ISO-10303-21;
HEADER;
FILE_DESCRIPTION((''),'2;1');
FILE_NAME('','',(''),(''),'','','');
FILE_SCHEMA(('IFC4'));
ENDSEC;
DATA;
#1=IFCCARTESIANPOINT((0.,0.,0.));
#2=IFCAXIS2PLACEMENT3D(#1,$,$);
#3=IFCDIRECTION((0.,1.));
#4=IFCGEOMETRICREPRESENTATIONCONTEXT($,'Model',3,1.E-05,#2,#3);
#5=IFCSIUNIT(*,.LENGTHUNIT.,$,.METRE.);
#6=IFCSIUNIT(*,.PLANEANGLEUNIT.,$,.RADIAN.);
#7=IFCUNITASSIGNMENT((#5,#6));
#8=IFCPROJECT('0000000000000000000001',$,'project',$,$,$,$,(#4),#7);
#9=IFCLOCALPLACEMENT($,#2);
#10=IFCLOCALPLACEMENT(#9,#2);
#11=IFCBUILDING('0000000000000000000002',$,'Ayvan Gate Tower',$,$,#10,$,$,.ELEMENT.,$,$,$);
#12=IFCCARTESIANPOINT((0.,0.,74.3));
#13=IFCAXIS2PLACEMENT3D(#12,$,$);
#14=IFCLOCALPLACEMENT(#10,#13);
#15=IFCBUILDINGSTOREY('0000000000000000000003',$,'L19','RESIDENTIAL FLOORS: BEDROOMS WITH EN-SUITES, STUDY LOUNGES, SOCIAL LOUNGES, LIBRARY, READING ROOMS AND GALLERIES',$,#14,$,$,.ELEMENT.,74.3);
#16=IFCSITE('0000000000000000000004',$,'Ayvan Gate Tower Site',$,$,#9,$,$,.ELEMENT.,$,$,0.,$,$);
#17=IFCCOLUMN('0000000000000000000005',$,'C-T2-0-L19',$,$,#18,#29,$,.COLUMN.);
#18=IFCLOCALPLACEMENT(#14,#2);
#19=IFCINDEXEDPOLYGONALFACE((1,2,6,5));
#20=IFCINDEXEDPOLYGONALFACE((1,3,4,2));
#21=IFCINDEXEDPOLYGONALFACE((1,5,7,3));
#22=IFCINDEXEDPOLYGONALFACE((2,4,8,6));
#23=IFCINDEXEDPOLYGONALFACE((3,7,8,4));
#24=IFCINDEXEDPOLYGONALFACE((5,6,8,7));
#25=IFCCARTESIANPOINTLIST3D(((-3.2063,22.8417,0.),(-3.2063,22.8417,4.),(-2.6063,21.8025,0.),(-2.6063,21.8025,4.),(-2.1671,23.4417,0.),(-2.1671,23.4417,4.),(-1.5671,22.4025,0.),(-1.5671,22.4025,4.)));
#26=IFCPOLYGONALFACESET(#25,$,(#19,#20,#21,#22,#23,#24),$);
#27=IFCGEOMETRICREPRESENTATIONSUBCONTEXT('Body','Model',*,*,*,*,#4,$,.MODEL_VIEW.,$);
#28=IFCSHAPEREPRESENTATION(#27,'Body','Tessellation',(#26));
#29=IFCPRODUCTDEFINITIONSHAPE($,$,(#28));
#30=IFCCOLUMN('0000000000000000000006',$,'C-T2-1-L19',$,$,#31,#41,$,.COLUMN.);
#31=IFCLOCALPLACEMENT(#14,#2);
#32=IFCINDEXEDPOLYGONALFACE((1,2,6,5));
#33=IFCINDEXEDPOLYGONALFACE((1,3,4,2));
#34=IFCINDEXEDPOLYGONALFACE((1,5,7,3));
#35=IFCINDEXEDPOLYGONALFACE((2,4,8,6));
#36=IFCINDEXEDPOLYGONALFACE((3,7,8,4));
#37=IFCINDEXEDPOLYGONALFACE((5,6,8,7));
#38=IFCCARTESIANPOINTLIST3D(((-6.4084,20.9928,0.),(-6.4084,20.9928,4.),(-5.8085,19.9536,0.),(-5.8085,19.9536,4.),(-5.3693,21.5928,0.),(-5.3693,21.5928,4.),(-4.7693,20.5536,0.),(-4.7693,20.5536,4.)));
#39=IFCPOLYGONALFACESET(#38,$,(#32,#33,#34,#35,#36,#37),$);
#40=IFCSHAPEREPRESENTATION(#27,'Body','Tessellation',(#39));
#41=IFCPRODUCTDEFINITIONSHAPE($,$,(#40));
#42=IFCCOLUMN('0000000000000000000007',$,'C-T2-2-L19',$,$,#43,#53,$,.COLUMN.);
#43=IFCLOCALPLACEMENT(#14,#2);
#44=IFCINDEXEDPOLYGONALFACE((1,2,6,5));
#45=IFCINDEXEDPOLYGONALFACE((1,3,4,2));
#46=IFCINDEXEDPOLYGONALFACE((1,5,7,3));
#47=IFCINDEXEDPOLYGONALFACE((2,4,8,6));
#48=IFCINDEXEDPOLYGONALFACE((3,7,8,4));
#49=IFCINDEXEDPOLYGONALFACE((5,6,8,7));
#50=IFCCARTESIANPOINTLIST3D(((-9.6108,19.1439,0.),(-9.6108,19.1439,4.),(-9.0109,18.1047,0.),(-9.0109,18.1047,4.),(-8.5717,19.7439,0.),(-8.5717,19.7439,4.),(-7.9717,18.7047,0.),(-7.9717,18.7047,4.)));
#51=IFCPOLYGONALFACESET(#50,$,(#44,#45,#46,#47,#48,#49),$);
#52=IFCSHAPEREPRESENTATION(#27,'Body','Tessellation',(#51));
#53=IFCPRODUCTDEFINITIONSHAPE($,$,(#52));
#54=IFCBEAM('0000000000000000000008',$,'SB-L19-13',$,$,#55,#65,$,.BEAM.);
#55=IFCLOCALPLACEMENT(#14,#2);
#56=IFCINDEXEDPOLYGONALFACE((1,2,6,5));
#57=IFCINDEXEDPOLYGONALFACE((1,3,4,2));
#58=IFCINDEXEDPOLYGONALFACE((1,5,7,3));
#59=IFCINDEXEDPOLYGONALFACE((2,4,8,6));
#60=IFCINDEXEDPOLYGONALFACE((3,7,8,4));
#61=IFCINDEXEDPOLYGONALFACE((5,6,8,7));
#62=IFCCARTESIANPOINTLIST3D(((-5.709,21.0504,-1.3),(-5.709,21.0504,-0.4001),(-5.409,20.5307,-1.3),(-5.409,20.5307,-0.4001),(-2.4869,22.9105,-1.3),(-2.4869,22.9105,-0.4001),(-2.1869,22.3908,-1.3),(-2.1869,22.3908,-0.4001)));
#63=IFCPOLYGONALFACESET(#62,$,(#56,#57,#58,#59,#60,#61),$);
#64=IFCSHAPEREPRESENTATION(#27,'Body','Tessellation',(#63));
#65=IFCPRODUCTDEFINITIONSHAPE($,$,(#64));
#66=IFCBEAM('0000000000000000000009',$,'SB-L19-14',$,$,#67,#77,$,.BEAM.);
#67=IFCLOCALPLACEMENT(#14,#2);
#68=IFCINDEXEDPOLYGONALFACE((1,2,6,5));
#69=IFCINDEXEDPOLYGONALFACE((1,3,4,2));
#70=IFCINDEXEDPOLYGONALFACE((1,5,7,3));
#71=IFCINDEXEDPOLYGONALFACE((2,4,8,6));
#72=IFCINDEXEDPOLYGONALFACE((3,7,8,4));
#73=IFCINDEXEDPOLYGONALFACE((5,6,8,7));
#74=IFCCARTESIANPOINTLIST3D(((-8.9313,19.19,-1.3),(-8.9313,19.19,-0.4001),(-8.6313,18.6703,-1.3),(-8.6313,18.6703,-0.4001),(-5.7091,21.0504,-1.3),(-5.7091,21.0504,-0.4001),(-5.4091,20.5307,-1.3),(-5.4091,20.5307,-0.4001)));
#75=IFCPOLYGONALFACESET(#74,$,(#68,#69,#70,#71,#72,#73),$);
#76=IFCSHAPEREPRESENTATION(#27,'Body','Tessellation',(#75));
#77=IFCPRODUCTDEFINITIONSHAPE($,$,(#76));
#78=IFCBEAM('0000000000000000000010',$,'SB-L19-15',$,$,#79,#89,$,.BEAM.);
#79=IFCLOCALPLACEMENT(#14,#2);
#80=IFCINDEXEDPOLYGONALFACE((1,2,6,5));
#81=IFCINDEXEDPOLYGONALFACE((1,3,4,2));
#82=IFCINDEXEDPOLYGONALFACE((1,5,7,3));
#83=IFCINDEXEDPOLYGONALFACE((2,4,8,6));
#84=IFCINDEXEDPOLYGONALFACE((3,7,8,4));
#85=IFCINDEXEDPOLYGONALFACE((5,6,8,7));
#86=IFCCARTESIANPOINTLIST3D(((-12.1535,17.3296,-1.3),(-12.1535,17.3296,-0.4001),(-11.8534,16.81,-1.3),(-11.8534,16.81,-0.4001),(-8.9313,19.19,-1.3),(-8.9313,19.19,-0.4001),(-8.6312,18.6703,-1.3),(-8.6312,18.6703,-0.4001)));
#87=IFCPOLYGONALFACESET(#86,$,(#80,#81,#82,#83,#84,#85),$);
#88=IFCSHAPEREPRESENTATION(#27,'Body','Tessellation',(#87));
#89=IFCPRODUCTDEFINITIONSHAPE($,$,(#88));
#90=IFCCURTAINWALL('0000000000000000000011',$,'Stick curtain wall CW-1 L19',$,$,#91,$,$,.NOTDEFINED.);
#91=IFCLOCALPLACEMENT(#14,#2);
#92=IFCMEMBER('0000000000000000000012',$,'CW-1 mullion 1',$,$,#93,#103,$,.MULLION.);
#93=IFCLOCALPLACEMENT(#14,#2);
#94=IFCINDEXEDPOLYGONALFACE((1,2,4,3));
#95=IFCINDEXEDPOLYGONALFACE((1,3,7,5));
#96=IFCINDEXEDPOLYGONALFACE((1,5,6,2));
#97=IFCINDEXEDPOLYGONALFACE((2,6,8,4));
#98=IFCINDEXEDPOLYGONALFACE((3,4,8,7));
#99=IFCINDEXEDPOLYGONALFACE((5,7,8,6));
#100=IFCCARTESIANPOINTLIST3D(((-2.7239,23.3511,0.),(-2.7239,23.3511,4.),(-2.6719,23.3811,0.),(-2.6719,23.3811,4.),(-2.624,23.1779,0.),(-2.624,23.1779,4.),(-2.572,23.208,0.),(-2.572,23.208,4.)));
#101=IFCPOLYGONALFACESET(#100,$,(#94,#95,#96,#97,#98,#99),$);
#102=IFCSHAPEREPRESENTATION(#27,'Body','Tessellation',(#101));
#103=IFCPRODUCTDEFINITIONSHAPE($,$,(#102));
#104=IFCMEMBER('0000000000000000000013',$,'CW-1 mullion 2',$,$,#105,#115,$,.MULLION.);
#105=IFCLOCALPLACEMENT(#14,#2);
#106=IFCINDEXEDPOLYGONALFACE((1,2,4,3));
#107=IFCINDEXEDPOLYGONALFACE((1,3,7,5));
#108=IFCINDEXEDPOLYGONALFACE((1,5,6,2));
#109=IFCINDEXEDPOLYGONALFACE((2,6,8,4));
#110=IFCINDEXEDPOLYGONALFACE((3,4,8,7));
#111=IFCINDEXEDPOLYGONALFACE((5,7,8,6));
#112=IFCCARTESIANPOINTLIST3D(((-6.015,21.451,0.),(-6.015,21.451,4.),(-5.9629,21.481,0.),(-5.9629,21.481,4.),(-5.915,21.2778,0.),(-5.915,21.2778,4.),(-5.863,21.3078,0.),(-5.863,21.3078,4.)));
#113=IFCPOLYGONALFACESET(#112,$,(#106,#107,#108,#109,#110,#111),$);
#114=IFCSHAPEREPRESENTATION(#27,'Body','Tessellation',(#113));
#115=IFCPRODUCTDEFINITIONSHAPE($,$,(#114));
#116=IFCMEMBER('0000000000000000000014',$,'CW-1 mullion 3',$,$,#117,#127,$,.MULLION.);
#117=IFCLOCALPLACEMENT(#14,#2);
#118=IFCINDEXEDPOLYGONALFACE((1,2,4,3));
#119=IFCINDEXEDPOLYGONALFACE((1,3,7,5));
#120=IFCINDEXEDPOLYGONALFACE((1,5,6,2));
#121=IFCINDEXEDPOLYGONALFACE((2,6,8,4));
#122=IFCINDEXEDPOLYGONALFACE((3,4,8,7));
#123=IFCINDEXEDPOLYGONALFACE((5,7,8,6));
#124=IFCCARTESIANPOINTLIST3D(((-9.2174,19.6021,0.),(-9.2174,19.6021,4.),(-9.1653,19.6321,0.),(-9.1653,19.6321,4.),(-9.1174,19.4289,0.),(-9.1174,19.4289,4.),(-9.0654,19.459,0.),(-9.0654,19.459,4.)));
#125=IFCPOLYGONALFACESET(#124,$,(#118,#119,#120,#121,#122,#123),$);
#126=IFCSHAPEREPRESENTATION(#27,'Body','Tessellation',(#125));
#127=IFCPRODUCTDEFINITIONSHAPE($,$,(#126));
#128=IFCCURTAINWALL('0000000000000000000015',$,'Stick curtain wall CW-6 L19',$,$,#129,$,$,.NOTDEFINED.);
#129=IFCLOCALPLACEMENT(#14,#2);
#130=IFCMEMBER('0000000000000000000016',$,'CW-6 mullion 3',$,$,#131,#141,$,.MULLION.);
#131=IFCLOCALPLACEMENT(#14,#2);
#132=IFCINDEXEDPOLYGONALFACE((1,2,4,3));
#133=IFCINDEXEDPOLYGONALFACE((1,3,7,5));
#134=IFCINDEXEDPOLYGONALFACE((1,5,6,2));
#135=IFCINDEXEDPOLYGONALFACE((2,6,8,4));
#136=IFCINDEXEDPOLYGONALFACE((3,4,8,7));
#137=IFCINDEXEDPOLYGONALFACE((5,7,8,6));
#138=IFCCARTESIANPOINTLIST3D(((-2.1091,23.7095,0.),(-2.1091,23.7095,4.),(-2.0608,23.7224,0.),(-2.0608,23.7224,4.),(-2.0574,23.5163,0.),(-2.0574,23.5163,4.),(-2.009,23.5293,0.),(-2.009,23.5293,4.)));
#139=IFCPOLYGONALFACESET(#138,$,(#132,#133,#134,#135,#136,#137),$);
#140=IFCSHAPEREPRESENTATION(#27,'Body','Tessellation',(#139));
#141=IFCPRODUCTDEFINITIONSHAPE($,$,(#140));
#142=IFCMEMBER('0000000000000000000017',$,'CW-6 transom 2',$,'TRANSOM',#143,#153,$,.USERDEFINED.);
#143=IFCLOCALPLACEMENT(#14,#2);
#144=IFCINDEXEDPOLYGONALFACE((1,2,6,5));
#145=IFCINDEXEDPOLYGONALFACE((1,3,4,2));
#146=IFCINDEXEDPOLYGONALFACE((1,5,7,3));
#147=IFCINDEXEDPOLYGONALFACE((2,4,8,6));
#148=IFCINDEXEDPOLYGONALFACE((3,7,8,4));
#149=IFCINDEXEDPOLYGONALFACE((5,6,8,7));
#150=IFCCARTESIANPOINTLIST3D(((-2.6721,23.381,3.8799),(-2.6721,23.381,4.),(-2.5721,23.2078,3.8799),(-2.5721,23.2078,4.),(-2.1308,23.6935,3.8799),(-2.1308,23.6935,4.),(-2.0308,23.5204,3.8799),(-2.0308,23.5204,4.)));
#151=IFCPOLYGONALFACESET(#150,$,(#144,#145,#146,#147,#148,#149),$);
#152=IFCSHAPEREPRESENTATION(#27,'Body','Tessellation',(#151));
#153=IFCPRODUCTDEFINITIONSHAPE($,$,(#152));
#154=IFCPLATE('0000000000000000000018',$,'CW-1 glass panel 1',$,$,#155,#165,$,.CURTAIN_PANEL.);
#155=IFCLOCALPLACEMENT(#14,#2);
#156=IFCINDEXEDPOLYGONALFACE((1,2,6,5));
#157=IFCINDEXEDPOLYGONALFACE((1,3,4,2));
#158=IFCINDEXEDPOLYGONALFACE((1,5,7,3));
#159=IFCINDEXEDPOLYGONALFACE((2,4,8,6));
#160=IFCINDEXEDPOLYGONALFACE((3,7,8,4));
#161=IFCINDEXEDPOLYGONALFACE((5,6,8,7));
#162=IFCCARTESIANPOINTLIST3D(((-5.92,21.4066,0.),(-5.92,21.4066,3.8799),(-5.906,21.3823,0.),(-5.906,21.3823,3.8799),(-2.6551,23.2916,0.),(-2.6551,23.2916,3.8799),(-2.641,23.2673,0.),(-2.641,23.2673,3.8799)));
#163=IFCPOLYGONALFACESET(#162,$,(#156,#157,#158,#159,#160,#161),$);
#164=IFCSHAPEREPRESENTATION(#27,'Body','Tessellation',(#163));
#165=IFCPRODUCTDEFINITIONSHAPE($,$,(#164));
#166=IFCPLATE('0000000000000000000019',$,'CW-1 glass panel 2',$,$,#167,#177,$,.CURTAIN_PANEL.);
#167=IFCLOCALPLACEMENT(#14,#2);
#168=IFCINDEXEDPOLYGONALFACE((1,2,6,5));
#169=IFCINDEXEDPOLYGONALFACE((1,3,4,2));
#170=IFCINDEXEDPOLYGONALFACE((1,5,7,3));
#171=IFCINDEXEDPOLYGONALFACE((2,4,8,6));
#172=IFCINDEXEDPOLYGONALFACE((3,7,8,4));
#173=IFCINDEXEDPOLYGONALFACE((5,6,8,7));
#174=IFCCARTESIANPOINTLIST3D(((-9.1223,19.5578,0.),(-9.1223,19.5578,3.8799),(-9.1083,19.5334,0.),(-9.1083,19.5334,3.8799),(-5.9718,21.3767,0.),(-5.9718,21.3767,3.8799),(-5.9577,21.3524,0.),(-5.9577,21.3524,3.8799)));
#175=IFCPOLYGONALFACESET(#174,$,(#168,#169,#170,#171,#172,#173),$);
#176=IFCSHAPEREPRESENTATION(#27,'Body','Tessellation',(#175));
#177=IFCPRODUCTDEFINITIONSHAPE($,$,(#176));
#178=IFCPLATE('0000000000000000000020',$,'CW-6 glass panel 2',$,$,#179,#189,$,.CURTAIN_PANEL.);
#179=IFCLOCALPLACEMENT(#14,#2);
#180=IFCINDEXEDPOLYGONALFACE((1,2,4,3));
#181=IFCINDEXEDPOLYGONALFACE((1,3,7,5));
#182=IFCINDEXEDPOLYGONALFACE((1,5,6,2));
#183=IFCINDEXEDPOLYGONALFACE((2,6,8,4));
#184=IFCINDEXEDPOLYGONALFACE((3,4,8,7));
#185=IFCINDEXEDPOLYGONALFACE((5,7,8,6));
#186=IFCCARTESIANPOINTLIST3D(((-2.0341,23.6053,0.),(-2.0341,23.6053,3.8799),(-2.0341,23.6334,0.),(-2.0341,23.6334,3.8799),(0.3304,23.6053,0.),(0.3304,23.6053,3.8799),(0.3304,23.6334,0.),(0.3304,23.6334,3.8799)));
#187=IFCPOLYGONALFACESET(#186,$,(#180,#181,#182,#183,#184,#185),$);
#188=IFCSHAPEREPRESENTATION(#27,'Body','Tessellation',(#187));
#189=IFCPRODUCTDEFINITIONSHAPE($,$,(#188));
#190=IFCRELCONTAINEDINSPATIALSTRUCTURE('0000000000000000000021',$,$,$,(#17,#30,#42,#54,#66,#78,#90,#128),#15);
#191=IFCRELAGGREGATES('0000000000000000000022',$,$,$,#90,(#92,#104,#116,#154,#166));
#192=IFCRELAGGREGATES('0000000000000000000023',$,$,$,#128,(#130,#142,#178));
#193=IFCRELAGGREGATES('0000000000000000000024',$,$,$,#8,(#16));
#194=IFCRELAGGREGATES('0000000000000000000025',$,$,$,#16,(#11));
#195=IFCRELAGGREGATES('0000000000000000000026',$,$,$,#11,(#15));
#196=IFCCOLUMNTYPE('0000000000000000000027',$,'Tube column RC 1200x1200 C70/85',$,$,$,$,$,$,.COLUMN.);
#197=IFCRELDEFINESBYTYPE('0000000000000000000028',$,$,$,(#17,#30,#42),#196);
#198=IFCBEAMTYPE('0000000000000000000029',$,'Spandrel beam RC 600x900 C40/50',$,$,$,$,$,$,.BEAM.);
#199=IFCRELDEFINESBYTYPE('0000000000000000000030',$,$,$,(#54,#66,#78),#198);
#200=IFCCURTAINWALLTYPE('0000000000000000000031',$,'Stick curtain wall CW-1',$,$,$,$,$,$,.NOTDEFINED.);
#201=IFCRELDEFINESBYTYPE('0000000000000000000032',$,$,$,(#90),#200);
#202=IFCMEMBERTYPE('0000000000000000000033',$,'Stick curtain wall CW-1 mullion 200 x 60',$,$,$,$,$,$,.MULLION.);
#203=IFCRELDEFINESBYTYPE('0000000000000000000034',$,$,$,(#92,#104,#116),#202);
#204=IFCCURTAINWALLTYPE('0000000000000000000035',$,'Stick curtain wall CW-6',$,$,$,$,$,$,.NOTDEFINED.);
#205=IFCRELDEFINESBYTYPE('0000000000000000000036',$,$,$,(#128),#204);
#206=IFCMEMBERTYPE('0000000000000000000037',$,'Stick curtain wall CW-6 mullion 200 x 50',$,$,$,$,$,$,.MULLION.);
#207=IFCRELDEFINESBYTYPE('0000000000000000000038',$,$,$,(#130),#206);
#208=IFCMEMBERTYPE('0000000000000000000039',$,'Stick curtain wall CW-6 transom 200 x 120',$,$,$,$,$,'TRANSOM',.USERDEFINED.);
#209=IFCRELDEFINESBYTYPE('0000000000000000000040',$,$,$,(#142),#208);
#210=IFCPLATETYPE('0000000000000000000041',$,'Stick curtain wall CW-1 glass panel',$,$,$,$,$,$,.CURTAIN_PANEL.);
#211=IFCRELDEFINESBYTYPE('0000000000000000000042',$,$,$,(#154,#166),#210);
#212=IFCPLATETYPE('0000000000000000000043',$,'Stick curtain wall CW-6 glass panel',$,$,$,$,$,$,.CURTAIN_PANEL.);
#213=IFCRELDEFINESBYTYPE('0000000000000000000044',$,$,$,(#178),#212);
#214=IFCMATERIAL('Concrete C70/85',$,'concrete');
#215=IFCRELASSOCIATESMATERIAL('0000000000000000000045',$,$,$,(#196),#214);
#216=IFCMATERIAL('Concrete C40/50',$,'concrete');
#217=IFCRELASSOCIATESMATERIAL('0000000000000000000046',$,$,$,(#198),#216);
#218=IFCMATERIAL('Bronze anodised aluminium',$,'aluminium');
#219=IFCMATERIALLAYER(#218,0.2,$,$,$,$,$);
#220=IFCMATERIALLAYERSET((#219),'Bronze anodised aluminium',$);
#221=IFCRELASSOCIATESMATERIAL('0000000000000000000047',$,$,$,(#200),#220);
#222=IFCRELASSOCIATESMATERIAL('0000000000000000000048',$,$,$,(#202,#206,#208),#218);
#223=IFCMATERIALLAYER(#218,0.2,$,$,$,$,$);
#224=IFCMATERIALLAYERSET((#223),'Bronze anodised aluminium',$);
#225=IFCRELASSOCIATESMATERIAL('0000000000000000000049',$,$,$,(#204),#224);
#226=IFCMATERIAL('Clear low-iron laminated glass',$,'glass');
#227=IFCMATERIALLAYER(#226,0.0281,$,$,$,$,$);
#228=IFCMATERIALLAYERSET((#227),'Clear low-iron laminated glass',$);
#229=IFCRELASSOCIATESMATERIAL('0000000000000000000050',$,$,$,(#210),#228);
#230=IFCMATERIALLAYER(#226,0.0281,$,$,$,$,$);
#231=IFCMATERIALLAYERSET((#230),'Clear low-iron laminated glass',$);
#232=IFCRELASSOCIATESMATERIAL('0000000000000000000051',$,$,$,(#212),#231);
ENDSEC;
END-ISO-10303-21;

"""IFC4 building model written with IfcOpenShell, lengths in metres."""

from ifc_helpers import new_model, si_unit, direction, frame, origin, origin_2d, place, context, subcontext, project, spatial, rectangle, extrude, material, layer, layer_set, material_profile, profile_set, type_object, element, aggregate, save


model = new_model("IFC4")

# Units and contexts
model_context = context("Model", 3, precision=1e-05, world=origin(), true_north=direction((0.0, 1.0)))
body_context = subcontext(model_context, "Body", "Model", "MODEL_VIEW")
ifc_project = project(units=[si_unit("LENGTHUNIT", "METRE"), si_unit("PLANEANGLEUNIT", "RADIAN")], contexts=[model_context])

# Site, building, storey
site_placement = place(None, origin())
site = spatial("IfcSite", under=ifc_project, at=site_placement, Name="Ayvan Gate Tower Site", CompositionType="ELEMENT", RefElevation=0.0)
building_placement = place(site_placement, origin())
building = spatial("IfcBuilding", under=site, at=building_placement, Name="Ayvan Gate Tower", CompositionType="ELEMENT")
storey_placement = place(building_placement, frame((0.0, 0.0, 74.3)))
storey = spatial("IfcBuildingStorey", under=building, at=storey_placement, Name="L19", Description="RESIDENTIAL FLOORS: BEDROOMS WITH EN-SUITES, STUDY LOUNGES, SOCIAL LOUNGES, LIBRARY, READING ROOMS AND GALLERIES", CompositionType="ELEMENT", Elevation=74.3)

# Columns
ifc_material_1 = material(Name="Concrete C70/85", Category="concrete")
ifc_material_profile_1 = material_profile(ifc_material_1, rectangle(XDim=1.2, YDim=1.2, at=origin_2d()), Name="RC 1200x1200")
ifc_profile_set_1 = profile_set([ifc_material_profile_1], Name="Concrete C70/85")
column_type = type_object("IfcColumnType", Name="Tube column RC 1200x1200 C70/85", PredefinedType="COLUMN", material=ifc_profile_set_1)
for number, where, z_axis, x_axis, name in (
    (1, (-2.3867, 22.6221, 0.0), (0.0, 0.0, 1.0), (-0.5, 0.866025, 0.0), "C-T2-0-L19"),
    (2, (-5.5889, 20.7732, 0.0), (0.0, 0.0, 1.0), (-0.5, 0.866025, 0.0), "C-T2-1-L19"),
    (3, (-8.7913, 18.9243, 0.0), (0.0, 0.0, 1.0), (-0.5, 0.866025, 0.0), "C-T2-2-L19"),
):
    element("IfcColumn", number, at=place(storey_placement, frame(where, z_axis=z_axis, x_axis=x_axis)), inside=storey, type_object=column_type, Name=name, PredefinedType="COLUMN", context=body_context, shape_type="SweptSolid", body=[
        extrude(rectangle(XDim=1.2, YDim=1.2, at=origin_2d()), origin(), (0.0, 0.0, 1.0), 4.0),
    ])

# Beams
ifc_material_2 = material(Name="Concrete C40/50", Category="concrete")
ifc_material_profile_2 = material_profile(ifc_material_2, rectangle(XDim=0.6001, YDim=0.8999, at=origin_2d()), Name="RC 600x900")
ifc_profile_set_2 = profile_set([ifc_material_profile_2], Name="Concrete C40/50")
beam_type = type_object("IfcBeamType", Name="Spandrel beam RC 600x900 C40/50", PredefinedType="BEAM", material=ifc_profile_set_2)
beam_placement = place(storey_placement, frame((-2.3369, 22.6506, -0.8501), z_axis=(-0.86605, -0.499957, 0.0), x_axis=(0.499957, -0.86605, 0.0)))
element("IfcBeam", 4, at=beam_placement, inside=storey, type_object=beam_type, Name="SB-L19-13", PredefinedType="BEAM", context=body_context, shape_type="SweptSolid", body=[
    extrude(rectangle(XDim=0.6001, YDim=0.8999, at=origin_2d()), origin(), (0.0, 0.0, 1.0), 3.7205),
])
for number, where, z_axis, x_axis, name in (
    (5, (-5.5591, 20.7905, -0.8501), (-0.866022, -0.500006, 0.0), (0.500006, -0.866022, 0.0), "SB-L19-14"),
    (6, (-8.7812, 18.9302, -0.8501), (-0.866022, -0.500006, 0.0), (0.500006, -0.866022, 0.0), "SB-L19-15"),
):
    element("IfcBeam", number, at=place(storey_placement, frame(where, z_axis=z_axis, x_axis=x_axis)), inside=storey, type_object=beam_type, Name=name, PredefinedType="BEAM", context=body_context, shape_type="SweptSolid", body=[
        extrude(rectangle(XDim=0.6001, YDim=0.8999, at=origin_2d()), origin(), (0.0, 0.0, 1.0), 3.7207),
    ])

# Curtain walls, members
ifc_material_3 = material(Name="Bronze anodised aluminium", Category="aluminium")
ifc_layer_1 = layer(ifc_material_3, 0.2)
ifc_layer_set_1 = layer_set([ifc_layer_1], Name="Bronze anodised aluminium")
curtain_wall_type_1 = type_object("IfcCurtainWallType", Name="Stick curtain wall CW-1", PredefinedType="NOTDEFINED", material=ifc_layer_set_1)
curtain_wall_1_placement = place(storey_placement, origin())
curtain_wall_1 = element("IfcCurtainWall", 7, at=curtain_wall_1_placement, inside=storey, type_object=curtain_wall_type_1, Name="Stick curtain wall CW-1 L19", PredefinedType="NOTDEFINED")
ifc_material_profile_3 = material_profile(ifc_material_3, rectangle(XDim=0.2, YDim=0.0601, at=origin_2d()), Name="Stick curtain wall CW-1 mullion 200 x 60")
ifc_profile_set_3 = profile_set([ifc_material_profile_3], Name="Bronze anodised aluminium")
member_type_1 = type_object("IfcMemberType", Name="Stick curtain wall CW-1 mullion 200 x 60", PredefinedType="MULLION", material=ifc_profile_set_3)
member_1_placement = place(storey_placement, frame((-2.6479, 23.2795, 0.0), z_axis=(0.0, 0.0, 1.0), x_axis=(-0.5, 0.866025, 0.0)))
member_1 = element("IfcMember", 8, at=member_1_placement, type_object=member_type_1, Name="CW-1 mullion 1", PredefinedType="MULLION", context=body_context, shape_type="SweptSolid", body=[
    extrude(rectangle(XDim=0.2, YDim=0.0601, at=origin_2d()), origin(), (0.0, 0.0, 1.0), 4.0),
])
member_2_placement = place(storey_placement, frame((-5.939, 21.3794, 0.0), z_axis=(0.0, 0.0, 1.0), x_axis=(-0.5, 0.866025, 0.0)))
member_2 = element("IfcMember", 9, at=member_2_placement, type_object=member_type_1, Name="CW-1 mullion 2", PredefinedType="MULLION", context=body_context, shape_type="SweptSolid", body=[
    extrude(rectangle(XDim=0.2, YDim=0.0601, at=origin_2d()), origin(), (0.0, 0.0, 1.0), 4.0),
])
member_3_placement = place(storey_placement, frame((-9.1414, 19.5305, 0.0), z_axis=(0.0, 0.0, 1.0), x_axis=(-0.5, 0.866025, 0.0)))
member_3 = element("IfcMember", 10, at=member_3_placement, type_object=member_type_1, Name="CW-1 mullion 3", PredefinedType="MULLION", context=body_context, shape_type="SweptSolid", body=[
    extrude(rectangle(XDim=0.2, YDim=0.0601, at=origin_2d()), origin(), (0.0, 0.0, 1.0), 4.0),
])
ifc_layer_2 = layer(ifc_material_3, 0.2)
ifc_layer_set_2 = layer_set([ifc_layer_2], Name="Bronze anodised aluminium")
curtain_wall_type_2 = type_object("IfcCurtainWallType", Name="Stick curtain wall CW-6", PredefinedType="NOTDEFINED", material=ifc_layer_set_2)
curtain_wall_2_placement = place(storey_placement, origin())
curtain_wall_2 = element("IfcCurtainWall", 11, at=curtain_wall_2_placement, inside=storey, type_object=curtain_wall_type_2, Name="Stick curtain wall CW-6 L19", PredefinedType="NOTDEFINED")
ifc_material_profile_4 = material_profile(ifc_material_3, rectangle(XDim=0.2, YDim=0.05, at=origin_2d()), Name="Stick curtain wall CW-6 mullion 200 x 50")
ifc_profile_set_4 = profile_set([ifc_material_profile_4], Name="Bronze anodised aluminium")
member_type_2 = type_object("IfcMemberType", Name="Stick curtain wall CW-6 mullion 200 x 50", PredefinedType="MULLION", material=ifc_profile_set_4)
member_4_placement = place(storey_placement, frame((-2.0591, 23.6194, 0.0), z_axis=(0.0, 0.0, 1.0), x_axis=(-0.258819, 0.965926, 0.0)))
member_4 = element("IfcMember", 12, at=member_4_placement, type_object=member_type_2, Name="CW-6 mullion 3", PredefinedType="MULLION", context=body_context, shape_type="SweptSolid", body=[
    extrude(rectangle(XDim=0.2, YDim=0.05, at=origin_2d()), origin(), (0.0, 0.0, 1.0), 4.0),
])
ifc_material_profile_5 = material_profile(ifc_material_3, rectangle(XDim=0.2, YDim=0.1201, at=origin_2d()), Name="Stick curtain wall CW-6 transom 200 x 120")
ifc_profile_set_5 = profile_set([ifc_material_profile_5], Name="Bronze anodised aluminium")
member_type_3 = type_object("IfcMemberType", Name="Stick curtain wall CW-6 transom 200 x 120", ElementType="TRANSOM", PredefinedType="USERDEFINED", material=ifc_profile_set_5)
member_5_placement = place(storey_placement, frame((-2.0808, 23.6069, 3.9399), z_axis=(-0.866023, -0.500004, 0.0), x_axis=(0.500004, -0.866023, 0.0)))
member_5 = element("IfcMember", 13, at=member_5_placement, type_object=member_type_3, Name="CW-6 transom 2", ObjectType="TRANSOM", PredefinedType="USERDEFINED", context=body_context, shape_type="SweptSolid", body=[
    extrude(rectangle(XDim=0.2, YDim=0.1201, at=origin_2d()), origin(), (0.0, 0.0, 1.0), 0.625),
])

# Plates
ifc_material_4 = material(Name="Clear low-iron laminated glass", Category="glass")
ifc_layer_3 = layer(ifc_material_4, 0.0281)
ifc_layer_set_3 = layer_set([ifc_layer_3], Name="Clear low-iron laminated glass")
plate_type_1 = type_object("IfcPlateType", Name="Stick curtain wall CW-1 glass panel", PredefinedType="CURTAIN_PANEL", material=ifc_layer_set_3)
plate_1_placement = place(storey_placement, frame((-4.2805, 22.3369, 0.0), z_axis=(0.0, 0.0, 1.0), x_axis=(-0.866025, -0.5, 0.0)))
plate_1 = element("IfcPlate", 14, at=plate_1_placement, type_object=plate_type_1, Name="CW-1 glass panel 1", PredefinedType="CURTAIN_PANEL", context=body_context, shape_type="SweptSolid", body=[
    extrude(rectangle(XDim=3.77, YDim=0.0281, at=origin_2d()), origin(), (0.0, 0.0, 1.0), 3.8799),
])
plate_2_placement = place(storey_placement, frame((-7.54, 20.4551, 0.0), z_axis=(0.0, 0.0, 1.0), x_axis=(-0.866025, -0.5, 0.0)))
plate_2 = element("IfcPlate", 15, at=plate_2_placement, type_object=plate_type_1, Name="CW-1 glass panel 2", PredefinedType="CURTAIN_PANEL", context=body_context, shape_type="SweptSolid", body=[
    extrude(rectangle(XDim=3.6379, YDim=0.0281, at=origin_2d()), origin(), (0.0, 0.0, 1.0), 3.8799),
])
aggregate(curtain_wall_1, [member_1, member_2, member_3, plate_1, plate_2])
ifc_layer_4 = layer(ifc_material_4, 0.0281)
ifc_layer_set_4 = layer_set([ifc_layer_4], Name="Clear low-iron laminated glass")
plate_type_2 = type_object("IfcPlateType", Name="Stick curtain wall CW-6 glass panel", PredefinedType="CURTAIN_PANEL", material=ifc_layer_set_4)
plate_3_placement = place(storey_placement, frame((-0.8518, 23.6194, 0.0), z_axis=(0.0, 0.0, 1.0), x_axis=(-1.0, 0.0, 0.0)))
plate_3 = element("IfcPlate", 16, at=plate_3_placement, type_object=plate_type_2, Name="CW-6 glass panel 2", PredefinedType="CURTAIN_PANEL", context=body_context, shape_type="SweptSolid", body=[
    extrude(rectangle(XDim=2.3645, YDim=0.0281, at=origin_2d()), origin(), (0.0, 0.0, 1.0), 3.8799),
])
aggregate(curtain_wall_2, [member_4, member_5, plate_3])

save(model, "model.ifc")
